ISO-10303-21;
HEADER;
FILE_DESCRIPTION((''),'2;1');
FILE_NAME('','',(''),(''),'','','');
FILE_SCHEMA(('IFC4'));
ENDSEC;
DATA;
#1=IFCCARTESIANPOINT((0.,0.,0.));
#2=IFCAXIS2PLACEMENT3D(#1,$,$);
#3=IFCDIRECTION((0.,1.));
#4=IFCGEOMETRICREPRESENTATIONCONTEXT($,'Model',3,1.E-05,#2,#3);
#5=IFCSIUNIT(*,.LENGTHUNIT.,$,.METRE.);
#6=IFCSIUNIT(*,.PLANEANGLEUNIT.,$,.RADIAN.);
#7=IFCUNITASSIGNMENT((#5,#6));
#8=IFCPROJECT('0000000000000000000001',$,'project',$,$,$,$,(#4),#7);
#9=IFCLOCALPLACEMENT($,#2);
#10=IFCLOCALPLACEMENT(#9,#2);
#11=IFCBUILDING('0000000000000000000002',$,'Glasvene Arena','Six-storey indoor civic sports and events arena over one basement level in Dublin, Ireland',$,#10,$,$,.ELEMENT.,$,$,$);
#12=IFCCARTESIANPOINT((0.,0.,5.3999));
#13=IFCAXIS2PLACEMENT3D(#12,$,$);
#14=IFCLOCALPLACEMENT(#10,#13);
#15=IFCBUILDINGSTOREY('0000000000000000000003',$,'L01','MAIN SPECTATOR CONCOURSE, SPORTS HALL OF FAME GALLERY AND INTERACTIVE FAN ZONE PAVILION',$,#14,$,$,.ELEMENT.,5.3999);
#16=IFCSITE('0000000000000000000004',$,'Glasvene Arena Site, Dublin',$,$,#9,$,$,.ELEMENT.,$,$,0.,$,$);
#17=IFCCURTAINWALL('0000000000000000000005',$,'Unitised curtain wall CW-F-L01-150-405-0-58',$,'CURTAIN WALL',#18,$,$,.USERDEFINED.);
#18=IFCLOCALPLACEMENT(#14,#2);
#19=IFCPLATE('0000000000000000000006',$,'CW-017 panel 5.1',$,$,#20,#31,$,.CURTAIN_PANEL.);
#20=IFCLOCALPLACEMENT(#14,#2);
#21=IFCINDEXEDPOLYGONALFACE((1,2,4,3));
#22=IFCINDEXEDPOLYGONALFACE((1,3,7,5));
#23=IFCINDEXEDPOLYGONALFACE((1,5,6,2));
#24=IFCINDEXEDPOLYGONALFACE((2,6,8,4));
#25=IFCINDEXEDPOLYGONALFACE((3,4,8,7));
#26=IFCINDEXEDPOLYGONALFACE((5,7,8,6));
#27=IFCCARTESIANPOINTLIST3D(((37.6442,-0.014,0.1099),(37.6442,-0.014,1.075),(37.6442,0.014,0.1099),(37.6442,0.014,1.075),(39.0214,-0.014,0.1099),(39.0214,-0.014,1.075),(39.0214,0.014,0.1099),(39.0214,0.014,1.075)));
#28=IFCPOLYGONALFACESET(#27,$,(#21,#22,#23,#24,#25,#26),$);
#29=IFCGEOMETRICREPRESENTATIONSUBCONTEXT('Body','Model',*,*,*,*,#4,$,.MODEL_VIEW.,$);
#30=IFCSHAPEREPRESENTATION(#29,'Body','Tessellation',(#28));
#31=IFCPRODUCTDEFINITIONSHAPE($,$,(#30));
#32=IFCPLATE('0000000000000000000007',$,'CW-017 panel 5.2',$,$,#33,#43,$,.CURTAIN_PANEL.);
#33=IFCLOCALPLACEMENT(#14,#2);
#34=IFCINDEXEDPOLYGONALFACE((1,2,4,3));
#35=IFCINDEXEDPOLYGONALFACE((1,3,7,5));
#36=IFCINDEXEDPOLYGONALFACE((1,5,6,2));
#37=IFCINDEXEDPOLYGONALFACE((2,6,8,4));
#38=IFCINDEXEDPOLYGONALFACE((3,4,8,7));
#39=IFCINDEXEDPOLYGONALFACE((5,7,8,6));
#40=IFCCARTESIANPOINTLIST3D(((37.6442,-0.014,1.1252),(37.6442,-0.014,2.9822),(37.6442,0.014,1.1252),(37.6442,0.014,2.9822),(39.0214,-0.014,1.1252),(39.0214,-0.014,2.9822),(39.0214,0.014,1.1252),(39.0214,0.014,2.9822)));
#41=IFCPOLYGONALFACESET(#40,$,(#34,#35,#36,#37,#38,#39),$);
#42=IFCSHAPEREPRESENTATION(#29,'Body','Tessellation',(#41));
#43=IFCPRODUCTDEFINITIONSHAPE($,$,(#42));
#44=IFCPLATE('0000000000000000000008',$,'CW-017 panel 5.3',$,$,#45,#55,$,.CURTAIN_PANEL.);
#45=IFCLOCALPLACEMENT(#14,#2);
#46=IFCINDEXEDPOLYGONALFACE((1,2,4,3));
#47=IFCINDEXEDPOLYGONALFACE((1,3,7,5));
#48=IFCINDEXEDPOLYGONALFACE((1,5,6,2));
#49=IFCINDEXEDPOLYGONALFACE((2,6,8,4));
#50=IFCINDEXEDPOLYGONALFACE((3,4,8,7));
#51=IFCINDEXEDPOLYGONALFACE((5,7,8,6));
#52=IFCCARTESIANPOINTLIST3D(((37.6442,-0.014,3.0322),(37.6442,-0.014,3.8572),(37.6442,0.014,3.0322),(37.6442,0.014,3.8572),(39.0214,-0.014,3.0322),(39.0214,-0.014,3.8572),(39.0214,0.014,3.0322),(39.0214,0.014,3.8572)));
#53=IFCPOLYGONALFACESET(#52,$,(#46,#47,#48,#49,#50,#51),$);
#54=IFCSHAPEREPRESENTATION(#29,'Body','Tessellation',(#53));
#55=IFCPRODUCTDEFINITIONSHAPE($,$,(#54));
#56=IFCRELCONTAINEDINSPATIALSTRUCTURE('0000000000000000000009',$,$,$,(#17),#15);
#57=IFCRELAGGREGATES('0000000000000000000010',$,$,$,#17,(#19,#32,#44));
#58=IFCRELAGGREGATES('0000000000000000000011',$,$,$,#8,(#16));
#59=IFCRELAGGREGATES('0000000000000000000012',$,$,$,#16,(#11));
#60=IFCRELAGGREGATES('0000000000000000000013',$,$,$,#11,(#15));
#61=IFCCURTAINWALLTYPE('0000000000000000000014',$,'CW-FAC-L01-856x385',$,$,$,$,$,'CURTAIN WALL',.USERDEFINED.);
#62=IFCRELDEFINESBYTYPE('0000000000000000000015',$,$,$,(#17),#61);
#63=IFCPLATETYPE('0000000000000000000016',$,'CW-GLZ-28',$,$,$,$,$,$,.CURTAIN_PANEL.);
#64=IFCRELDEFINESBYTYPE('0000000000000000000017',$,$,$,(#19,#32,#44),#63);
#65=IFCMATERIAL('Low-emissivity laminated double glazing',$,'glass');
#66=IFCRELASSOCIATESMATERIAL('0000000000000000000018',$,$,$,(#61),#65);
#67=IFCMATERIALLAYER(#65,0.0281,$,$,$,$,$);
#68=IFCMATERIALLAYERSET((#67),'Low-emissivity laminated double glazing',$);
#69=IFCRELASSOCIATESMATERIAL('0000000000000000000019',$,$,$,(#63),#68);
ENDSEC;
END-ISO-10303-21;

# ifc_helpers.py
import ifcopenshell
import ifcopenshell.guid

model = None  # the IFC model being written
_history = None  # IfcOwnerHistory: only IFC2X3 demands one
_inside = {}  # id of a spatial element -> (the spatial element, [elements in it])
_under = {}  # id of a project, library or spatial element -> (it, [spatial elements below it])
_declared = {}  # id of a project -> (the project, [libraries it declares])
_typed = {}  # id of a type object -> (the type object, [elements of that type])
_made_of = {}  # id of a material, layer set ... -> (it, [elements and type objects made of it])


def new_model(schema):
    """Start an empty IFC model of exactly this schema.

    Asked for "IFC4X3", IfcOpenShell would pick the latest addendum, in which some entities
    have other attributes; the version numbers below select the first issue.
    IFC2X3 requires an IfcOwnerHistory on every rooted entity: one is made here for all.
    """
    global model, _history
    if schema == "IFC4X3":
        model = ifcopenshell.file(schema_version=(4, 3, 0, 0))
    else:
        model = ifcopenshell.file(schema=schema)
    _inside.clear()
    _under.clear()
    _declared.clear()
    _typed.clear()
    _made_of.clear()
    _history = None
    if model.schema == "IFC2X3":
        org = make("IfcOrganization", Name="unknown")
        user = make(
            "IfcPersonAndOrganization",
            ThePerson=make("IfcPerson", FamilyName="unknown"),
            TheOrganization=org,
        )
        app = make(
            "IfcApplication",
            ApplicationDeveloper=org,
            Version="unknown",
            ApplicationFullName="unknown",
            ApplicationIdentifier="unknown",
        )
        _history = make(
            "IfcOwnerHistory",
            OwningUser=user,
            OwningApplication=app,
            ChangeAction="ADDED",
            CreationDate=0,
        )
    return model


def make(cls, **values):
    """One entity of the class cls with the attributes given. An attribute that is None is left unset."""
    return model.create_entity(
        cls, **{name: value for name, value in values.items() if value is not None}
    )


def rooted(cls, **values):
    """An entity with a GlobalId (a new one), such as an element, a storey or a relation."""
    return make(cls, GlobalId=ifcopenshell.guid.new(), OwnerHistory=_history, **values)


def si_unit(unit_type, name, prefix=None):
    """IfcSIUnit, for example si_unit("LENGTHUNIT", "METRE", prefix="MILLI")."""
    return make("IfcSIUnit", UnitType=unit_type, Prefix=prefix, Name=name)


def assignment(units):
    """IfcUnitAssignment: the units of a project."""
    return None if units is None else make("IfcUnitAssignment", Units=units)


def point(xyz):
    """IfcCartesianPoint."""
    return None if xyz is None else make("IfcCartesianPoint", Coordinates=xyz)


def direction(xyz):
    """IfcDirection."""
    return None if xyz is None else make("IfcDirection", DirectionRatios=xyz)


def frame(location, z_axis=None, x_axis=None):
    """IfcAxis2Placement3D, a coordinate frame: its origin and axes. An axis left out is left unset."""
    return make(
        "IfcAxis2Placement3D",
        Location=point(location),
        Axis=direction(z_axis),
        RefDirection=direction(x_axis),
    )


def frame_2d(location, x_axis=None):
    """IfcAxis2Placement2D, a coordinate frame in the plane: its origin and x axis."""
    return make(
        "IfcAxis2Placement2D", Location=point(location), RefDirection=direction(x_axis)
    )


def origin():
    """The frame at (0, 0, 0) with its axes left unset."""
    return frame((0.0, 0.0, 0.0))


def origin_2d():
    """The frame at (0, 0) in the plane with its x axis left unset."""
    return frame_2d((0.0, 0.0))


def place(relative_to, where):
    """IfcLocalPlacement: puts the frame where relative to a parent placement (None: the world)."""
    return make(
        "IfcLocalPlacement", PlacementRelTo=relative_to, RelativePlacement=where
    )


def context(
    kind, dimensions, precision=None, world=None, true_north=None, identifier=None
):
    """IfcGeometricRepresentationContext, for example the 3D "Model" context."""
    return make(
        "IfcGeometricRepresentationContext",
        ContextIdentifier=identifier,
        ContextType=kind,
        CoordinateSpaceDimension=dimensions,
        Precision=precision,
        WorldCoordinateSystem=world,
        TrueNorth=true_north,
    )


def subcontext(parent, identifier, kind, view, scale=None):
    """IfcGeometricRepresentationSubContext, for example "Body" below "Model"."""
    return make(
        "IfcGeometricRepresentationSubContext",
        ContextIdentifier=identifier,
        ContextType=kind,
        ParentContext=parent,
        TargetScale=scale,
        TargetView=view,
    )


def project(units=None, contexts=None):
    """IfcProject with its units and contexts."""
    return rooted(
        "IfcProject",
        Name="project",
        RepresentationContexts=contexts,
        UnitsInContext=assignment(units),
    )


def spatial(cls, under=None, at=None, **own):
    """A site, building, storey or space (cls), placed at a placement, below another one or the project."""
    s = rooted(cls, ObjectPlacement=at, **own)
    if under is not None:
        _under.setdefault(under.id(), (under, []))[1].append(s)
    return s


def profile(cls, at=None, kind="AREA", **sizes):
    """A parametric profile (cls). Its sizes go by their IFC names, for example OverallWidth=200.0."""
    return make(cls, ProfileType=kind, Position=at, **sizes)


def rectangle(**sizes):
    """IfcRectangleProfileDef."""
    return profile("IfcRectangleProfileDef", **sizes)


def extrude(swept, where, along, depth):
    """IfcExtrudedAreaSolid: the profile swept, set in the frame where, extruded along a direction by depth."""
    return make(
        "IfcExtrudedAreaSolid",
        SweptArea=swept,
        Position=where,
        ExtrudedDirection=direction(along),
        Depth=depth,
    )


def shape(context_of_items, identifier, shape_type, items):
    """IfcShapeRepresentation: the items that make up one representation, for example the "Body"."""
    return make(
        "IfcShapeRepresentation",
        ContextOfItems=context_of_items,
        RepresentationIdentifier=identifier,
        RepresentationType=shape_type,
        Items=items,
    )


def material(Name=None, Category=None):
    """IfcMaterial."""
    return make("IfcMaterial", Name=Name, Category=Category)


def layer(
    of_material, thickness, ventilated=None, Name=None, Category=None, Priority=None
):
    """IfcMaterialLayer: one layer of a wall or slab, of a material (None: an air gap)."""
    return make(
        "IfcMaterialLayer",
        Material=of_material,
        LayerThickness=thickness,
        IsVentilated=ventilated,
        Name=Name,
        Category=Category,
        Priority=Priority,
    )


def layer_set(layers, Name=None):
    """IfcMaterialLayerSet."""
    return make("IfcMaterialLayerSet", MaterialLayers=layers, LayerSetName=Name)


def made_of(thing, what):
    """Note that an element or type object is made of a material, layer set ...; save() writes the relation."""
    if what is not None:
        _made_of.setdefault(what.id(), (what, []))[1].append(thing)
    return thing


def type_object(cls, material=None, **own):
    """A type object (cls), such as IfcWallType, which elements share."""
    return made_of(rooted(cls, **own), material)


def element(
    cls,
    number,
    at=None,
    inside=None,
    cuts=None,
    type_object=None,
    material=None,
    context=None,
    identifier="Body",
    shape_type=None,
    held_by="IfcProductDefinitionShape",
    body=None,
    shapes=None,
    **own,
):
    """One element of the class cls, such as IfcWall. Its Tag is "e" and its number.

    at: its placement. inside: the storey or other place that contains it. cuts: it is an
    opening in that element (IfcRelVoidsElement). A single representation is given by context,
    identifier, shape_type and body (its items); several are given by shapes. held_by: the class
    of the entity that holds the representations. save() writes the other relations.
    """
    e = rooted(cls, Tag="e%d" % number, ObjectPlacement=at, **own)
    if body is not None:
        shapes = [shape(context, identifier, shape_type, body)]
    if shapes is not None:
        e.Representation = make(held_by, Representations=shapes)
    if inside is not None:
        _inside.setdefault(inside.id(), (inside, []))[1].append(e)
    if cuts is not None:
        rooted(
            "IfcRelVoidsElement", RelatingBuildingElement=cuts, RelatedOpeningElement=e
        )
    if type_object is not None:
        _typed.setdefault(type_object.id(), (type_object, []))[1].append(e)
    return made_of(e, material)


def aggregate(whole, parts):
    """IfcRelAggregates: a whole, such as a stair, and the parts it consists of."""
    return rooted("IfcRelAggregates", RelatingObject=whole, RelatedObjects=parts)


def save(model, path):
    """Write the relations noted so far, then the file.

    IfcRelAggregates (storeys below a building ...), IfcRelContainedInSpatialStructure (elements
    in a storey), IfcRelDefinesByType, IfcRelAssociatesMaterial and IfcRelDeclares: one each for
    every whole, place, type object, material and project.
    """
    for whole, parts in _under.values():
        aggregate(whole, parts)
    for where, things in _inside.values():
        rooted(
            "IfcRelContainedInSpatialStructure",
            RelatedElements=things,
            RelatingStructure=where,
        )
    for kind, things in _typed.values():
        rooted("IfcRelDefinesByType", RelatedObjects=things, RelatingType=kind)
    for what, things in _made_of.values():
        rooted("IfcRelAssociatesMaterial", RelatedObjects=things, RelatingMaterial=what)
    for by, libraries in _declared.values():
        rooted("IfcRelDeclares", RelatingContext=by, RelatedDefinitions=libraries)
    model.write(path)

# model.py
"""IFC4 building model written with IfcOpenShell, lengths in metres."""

from ifc_helpers import new_model, si_unit, direction, frame, origin, origin_2d, place, context, subcontext, project, spatial, rectangle, extrude, material, layer, layer_set, type_object, element, aggregate, save


model = new_model("IFC4")

# Units and contexts
model_context = context("Model", 3, precision=1e-05, world=origin(), true_north=direction((0.0, 1.0)))
body_context = subcontext(model_context, "Body", "Model", "MODEL_VIEW")
ifc_project = project(units=[si_unit("LENGTHUNIT", "METRE"), si_unit("PLANEANGLEUNIT", "RADIAN")], contexts=[model_context])

# Site, building, storey
site_placement = place(None, origin())
site = spatial("IfcSite", under=ifc_project, at=site_placement, Name="Glasvene Arena Site, Dublin", CompositionType="ELEMENT", RefElevation=0.0)
building_placement = place(site_placement, origin())
building = spatial("IfcBuilding", under=site, at=building_placement, Name="Glasvene Arena", Description="Six-storey indoor civic sports and events arena over one basement level in Dublin, Ireland", CompositionType="ELEMENT")
storey_placement = place(building_placement, frame((0.0, 0.0, 5.3999)))
storey = spatial("IfcBuildingStorey", under=building, at=storey_placement, Name="L01", Description="MAIN SPECTATOR CONCOURSE, SPORTS HALL OF FAME GALLERY AND INTERACTIVE FAN ZONE PAVILION", CompositionType="ELEMENT", Elevation=5.3999)

# Curtain wall, plates
ifc_material_1 = material(Name="Low-emissivity laminated double glazing", Category="glass")
curtain_wall_type = type_object("IfcCurtainWallType", Name="CW-FAC-L01-856x385", ElementType="CURTAIN WALL", PredefinedType="USERDEFINED", material=ifc_material_1)
curtain_wall_placement = place(storey_placement, frame((44.7549, 0.0, 0.0)))
curtain_wall = element("IfcCurtainWall", 1, at=curtain_wall_placement, inside=storey, type_object=curtain_wall_type, Name="Unitised curtain wall CW-F-L01-150-405-0-58", ObjectType="CURTAIN WALL", PredefinedType="USERDEFINED")
ifc_layer = layer(ifc_material_1, 0.0281)
ifc_layer_set = layer_set([ifc_layer], Name="Low-emissivity laminated double glazing")
plate_type = type_object("IfcPlateType", Name="CW-GLZ-28", PredefinedType="CURTAIN_PANEL", material=ifc_layer_set)
plate_1_placement = place(storey_placement, frame((38.3328, 0.0, 0.1099), z_axis=(0.0, 0.0, 1.0), x_axis=(-1.0, 0.0, 0.0)))
plate_1 = element("IfcPlate", 2, at=plate_1_placement, type_object=plate_type, Name="CW-017 panel 5.1", PredefinedType="CURTAIN_PANEL", context=body_context, shape_type="SweptSolid", body=[
    extrude(rectangle(XDim=1.3772, YDim=0.0281, at=origin_2d()), origin(), (0.0, 0.0, 1.0), 0.9651),
])
plate_2_placement = place(storey_placement, frame((38.3328, 0.0, 1.1252), z_axis=(0.0, 0.0, 1.0), x_axis=(-1.0, 0.0, 0.0)))
plate_2 = element("IfcPlate", 3, at=plate_2_placement, type_object=plate_type, Name="CW-017 panel 5.2", PredefinedType="CURTAIN_PANEL", context=body_context, shape_type="SweptSolid", body=[
    extrude(rectangle(XDim=1.3772, YDim=0.0281, at=origin_2d()), origin(), (0.0, 0.0, 1.0), 1.8569),
])
plate_3_placement = place(storey_placement, frame((38.3328, 0.0, 3.0322), z_axis=(0.0, 0.0, 1.0), x_axis=(-1.0, 0.0, 0.0)))
plate_3 = element("IfcPlate", 4, at=plate_3_placement, type_object=plate_type, Name="CW-017 panel 5.3", PredefinedType="CURTAIN_PANEL", context=body_context, shape_type="SweptSolid", body=[
    extrude(rectangle(XDim=1.3772, YDim=0.0281, at=origin_2d()), origin(), (0.0, 0.0, 1.0), 0.825),
])
aggregate(curtain_wall, [plate_1, plate_2, plate_3])

save(model, "model.ifc")
